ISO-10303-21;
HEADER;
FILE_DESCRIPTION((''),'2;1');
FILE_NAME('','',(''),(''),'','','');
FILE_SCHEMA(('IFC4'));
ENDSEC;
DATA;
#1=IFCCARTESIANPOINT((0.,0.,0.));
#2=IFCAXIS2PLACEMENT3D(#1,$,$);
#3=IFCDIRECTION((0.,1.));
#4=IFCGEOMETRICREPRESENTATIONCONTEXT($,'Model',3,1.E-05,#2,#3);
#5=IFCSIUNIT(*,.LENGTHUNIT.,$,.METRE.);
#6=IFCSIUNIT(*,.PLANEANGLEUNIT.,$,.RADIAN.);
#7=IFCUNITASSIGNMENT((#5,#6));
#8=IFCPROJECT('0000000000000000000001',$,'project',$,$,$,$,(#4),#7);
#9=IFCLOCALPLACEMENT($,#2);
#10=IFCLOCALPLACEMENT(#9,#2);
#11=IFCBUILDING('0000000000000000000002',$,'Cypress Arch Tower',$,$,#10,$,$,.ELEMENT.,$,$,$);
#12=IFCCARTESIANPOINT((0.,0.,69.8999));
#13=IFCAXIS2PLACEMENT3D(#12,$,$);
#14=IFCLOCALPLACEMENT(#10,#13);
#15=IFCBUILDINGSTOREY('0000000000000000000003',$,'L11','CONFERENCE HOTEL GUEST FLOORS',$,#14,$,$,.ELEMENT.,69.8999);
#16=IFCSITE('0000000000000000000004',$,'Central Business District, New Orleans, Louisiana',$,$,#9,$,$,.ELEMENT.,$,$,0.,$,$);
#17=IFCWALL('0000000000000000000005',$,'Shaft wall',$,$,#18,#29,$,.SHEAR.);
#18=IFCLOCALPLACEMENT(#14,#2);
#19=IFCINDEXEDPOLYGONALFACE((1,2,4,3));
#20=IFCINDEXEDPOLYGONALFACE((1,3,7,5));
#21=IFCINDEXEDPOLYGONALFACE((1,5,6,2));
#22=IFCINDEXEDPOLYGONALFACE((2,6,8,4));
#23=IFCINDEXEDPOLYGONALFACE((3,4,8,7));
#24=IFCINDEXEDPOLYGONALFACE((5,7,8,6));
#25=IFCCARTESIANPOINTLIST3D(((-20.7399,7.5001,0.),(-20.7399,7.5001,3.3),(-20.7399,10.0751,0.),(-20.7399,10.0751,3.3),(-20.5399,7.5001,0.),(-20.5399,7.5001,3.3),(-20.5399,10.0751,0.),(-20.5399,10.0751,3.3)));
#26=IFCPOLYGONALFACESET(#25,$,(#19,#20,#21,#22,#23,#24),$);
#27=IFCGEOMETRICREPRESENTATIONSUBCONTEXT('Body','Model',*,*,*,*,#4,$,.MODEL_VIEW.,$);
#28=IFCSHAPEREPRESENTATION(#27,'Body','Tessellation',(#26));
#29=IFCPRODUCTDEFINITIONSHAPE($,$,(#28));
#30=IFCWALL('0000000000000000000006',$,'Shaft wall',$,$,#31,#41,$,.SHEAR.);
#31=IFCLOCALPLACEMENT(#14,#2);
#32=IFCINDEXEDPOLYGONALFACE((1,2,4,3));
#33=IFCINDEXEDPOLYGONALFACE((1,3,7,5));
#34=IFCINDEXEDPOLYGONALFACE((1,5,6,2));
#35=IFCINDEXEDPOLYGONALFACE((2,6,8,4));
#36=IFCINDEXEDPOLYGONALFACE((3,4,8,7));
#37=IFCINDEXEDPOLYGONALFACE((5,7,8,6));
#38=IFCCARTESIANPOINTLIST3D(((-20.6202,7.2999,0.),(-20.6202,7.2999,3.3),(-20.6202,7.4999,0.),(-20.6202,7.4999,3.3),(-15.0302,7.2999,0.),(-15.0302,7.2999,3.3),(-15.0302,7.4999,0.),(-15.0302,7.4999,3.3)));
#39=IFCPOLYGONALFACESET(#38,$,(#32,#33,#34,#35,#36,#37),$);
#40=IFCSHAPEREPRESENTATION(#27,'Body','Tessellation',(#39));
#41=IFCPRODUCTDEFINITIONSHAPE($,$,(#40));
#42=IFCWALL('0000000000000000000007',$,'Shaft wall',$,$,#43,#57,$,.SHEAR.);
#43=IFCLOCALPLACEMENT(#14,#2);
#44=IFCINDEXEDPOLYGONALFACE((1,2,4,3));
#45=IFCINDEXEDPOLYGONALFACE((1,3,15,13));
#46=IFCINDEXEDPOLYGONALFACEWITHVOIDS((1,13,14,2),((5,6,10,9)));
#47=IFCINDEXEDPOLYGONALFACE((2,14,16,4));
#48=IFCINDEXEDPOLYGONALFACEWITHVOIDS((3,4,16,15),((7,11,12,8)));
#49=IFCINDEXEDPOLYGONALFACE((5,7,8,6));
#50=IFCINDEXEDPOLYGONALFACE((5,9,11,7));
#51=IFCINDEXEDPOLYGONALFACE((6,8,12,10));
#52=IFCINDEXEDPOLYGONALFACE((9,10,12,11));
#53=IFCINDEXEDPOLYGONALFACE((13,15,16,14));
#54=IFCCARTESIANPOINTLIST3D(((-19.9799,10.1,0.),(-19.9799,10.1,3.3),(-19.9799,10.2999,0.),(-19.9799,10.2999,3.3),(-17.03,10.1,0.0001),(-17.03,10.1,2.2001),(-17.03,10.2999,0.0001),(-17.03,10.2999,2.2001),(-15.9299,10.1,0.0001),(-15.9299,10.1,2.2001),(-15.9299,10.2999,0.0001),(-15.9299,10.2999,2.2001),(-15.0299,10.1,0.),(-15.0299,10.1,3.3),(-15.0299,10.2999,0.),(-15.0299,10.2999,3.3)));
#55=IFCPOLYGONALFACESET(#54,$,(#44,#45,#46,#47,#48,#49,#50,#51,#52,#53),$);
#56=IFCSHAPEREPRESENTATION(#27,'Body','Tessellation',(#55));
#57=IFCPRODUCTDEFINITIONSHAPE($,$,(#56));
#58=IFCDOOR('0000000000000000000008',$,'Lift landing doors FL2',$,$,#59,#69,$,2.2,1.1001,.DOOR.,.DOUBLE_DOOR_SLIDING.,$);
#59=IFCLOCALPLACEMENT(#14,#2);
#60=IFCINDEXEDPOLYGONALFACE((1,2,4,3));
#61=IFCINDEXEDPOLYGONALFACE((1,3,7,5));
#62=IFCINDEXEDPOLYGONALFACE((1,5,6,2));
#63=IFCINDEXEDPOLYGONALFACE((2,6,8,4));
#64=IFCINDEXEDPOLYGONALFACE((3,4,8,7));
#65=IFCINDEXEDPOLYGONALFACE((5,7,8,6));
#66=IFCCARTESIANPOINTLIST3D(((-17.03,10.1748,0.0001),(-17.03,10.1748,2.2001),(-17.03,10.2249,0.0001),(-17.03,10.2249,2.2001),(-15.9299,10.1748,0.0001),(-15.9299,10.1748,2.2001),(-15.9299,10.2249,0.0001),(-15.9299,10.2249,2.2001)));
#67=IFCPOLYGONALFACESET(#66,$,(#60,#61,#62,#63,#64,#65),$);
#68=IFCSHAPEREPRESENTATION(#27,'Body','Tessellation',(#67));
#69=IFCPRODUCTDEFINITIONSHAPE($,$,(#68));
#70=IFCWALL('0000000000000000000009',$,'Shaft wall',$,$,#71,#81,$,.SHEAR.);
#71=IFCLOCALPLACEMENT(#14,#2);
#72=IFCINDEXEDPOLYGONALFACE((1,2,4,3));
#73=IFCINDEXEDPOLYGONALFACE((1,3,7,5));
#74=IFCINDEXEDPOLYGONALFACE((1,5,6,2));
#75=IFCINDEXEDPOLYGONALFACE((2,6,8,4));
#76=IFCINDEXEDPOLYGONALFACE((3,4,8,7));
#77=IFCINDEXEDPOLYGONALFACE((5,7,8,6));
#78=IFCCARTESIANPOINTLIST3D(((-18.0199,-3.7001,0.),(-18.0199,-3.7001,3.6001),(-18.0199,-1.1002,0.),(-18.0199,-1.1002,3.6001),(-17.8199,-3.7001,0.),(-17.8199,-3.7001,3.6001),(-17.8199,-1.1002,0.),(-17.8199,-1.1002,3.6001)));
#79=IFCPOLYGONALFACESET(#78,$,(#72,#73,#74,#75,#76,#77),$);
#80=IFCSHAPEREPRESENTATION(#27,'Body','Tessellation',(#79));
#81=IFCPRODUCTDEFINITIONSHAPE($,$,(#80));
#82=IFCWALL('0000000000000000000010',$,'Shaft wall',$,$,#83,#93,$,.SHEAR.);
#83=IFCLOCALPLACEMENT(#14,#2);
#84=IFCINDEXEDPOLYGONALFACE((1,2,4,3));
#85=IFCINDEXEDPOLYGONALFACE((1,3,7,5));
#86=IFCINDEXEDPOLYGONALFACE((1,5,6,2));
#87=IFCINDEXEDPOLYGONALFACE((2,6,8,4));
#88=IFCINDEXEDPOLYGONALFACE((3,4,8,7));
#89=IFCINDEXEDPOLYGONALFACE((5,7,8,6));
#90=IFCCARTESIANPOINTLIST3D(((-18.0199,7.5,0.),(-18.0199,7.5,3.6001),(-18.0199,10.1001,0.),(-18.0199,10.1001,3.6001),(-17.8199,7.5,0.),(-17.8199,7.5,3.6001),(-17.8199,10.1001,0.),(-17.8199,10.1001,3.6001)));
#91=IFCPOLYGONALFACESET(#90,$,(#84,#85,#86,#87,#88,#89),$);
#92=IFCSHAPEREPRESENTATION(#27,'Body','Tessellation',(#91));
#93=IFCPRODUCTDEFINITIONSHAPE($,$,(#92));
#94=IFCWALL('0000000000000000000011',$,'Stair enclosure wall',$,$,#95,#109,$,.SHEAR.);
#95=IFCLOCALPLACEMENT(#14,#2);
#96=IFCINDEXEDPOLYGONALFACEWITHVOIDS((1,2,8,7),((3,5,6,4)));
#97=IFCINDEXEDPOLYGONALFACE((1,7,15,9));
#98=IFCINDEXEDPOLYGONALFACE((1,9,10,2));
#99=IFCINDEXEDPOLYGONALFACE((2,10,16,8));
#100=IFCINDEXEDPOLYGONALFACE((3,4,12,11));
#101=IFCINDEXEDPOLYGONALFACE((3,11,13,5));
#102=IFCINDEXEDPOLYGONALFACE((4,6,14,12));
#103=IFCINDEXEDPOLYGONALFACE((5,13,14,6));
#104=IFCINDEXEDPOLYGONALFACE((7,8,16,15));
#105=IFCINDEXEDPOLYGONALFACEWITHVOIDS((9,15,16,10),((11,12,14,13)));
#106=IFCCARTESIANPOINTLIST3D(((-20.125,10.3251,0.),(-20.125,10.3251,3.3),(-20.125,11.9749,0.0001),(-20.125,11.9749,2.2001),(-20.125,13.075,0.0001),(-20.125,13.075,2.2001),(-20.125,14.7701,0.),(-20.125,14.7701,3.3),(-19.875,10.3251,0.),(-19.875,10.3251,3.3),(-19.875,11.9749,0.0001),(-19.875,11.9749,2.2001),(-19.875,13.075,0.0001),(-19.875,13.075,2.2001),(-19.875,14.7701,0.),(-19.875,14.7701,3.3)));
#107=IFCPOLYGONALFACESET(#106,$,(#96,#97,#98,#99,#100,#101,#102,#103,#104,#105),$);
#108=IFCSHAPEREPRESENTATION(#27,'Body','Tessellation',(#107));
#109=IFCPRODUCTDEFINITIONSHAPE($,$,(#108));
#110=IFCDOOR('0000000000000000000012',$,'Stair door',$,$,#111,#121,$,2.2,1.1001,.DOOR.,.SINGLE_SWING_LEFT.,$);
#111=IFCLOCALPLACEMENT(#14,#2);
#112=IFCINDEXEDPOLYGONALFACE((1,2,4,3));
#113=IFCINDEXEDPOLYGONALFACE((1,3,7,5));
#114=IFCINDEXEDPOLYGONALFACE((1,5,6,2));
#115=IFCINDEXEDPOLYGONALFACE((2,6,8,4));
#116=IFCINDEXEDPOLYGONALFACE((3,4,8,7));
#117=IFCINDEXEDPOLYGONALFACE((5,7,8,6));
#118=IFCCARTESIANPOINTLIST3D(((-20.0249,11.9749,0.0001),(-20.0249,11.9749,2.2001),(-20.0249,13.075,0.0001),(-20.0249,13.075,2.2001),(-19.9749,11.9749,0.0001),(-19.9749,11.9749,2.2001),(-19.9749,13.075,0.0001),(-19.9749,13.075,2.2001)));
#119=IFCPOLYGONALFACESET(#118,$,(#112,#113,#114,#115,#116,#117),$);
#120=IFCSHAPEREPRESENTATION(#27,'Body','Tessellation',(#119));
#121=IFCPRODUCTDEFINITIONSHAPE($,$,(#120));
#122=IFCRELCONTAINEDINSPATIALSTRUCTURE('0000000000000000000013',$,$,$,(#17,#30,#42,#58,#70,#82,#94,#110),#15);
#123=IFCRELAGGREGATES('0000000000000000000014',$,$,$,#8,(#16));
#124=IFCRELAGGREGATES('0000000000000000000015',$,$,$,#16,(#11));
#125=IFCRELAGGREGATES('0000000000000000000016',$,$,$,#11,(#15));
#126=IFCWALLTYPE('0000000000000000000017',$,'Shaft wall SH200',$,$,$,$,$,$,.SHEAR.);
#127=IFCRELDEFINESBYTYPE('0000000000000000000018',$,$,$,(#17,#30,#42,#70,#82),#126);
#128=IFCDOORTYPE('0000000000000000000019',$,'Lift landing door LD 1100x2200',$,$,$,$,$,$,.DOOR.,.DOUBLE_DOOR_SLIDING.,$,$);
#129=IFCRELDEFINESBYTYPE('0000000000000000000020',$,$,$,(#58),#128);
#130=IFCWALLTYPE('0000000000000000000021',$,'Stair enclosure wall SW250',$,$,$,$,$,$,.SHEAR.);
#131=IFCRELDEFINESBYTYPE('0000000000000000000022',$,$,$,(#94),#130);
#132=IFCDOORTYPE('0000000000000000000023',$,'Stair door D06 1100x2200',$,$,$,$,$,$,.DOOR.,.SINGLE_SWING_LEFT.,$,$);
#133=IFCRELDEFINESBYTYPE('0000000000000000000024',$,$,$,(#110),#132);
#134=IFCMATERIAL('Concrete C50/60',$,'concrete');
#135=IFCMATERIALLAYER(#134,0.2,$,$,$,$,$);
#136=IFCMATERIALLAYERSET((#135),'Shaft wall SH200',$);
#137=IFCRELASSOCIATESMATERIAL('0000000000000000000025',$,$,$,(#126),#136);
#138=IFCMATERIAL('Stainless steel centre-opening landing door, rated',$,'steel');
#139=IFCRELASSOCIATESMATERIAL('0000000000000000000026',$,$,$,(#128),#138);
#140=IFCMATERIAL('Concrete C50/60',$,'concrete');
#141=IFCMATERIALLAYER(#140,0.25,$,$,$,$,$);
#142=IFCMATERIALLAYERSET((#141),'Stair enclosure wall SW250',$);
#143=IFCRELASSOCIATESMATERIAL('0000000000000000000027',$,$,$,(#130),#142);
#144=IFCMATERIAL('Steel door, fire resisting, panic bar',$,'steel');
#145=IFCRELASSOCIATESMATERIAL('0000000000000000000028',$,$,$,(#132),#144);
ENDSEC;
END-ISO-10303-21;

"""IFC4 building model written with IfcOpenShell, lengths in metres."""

from ifc_helpers import new_model, si_unit, direction, frame, frame_2d, origin, place, context, subcontext, project, spatial, rectangle, extrude, material, layer, layer_set, type_object, element, fill, save


model = new_model("IFC4")

# Units and contexts
model_context = context("Model", 3, precision=1e-05, world=origin(), true_north=direction((0.0, 1.0)))
body_context = subcontext(model_context, "Body", "Model", "MODEL_VIEW")
ifc_project = project(units=[si_unit("LENGTHUNIT", "METRE"), si_unit("PLANEANGLEUNIT", "RADIAN")], contexts=[model_context])

# Site, building, storey
site_placement = place(None, origin())
site = spatial("IfcSite", under=ifc_project, at=site_placement, Name="Central Business District, New Orleans, Louisiana", CompositionType="ELEMENT", RefElevation=0.0)
building_placement = place(site_placement, origin())
building = spatial("IfcBuilding", under=site, at=building_placement, Name="Cypress Arch Tower", CompositionType="ELEMENT")
storey_placement = place(building_placement, frame((0.0, 0.0, 69.8999)))
storey = spatial("IfcBuildingStorey", under=building, at=storey_placement, Name="L11", Description="CONFERENCE HOTEL GUEST FLOORS", CompositionType="ELEMENT", Elevation=69.8999)

# Walls
ifc_material_1 = material(Name="Concrete C50/60", Category="concrete")
ifc_layer_1 = layer(ifc_material_1, 0.2)
ifc_layer_set_1 = layer_set([ifc_layer_1], Name="Shaft wall SH200")
wall_type_1 = type_object("IfcWallType", Name="Shaft wall SH200", PredefinedType="SHEAR", material=ifc_layer_set_1)
wall_1_placement = place(storey_placement, frame((-20.6399, 7.5, 0.0), z_axis=(0.0, 0.0, 1.0), x_axis=(0.0, 1.0, 0.0)))
element("IfcWall", 1, at=wall_1_placement, inside=storey, type_object=wall_type_1, Name="Shaft wall", PredefinedType="SHEAR", context=body_context, shape_type="SweptSolid", body=[
    extrude(rectangle(XDim=2.575, YDim=0.2, at=frame_2d((1.2876, 0.0))), origin(), (0.0, 0.0, 1.0), 3.3),
])
wall_2_placement = place(storey_placement, frame((-20.6201, 7.3999, 0.0), z_axis=(0.0, 0.0, 1.0), x_axis=(1.0, 0.0, 0.0)))
element("IfcWall", 2, at=wall_2_placement, inside=storey, type_object=wall_type_1, Name="Shaft wall", PredefinedType="SHEAR", context=body_context, shape_type="SweptSolid", body=[
    extrude(rectangle(XDim=5.5901, YDim=0.2, at=frame_2d((2.7949, 0.0))), origin(), (0.0, 0.0, 1.0), 3.3),
])

# Wall, opening, door
wall_3_placement = place(storey_placement, frame((-19.98, 10.2, 0.0), z_axis=(0.0, 0.0, 1.0), x_axis=(1.0, 0.0, 0.0)))
wall_3 = element("IfcWall", 3, at=wall_3_placement, inside=storey, type_object=wall_type_1, Name="Shaft wall", PredefinedType="SHEAR", context=body_context, shape_type="SweptSolid", body=[
    extrude(rectangle(XDim=4.95, YDim=0.2, at=frame_2d((2.4751, 0.0))), origin(), (0.0, 0.0, 1.0), 3.3),
])
opening_1_placement = place(wall_3_placement, frame((2.95, 0.0, 0.0)))
opening_1 = element("IfcOpeningElement", 4, at=opening_1_placement, cuts=wall_3, PredefinedType="OPENING", context=body_context, shape_type="SweptSolid", body=[
    extrude(rectangle(XDim=1.1001, YDim=2.2, at=frame_2d((0.55, 1.1001))), frame((0.0, 0.1099, 0.0), z_axis=(0.0, -1.0, 0.0), x_axis=(1.0, 0.0, 0.0)), (0.0, 0.0, 1.0), 0.22),
])
ifc_material_2 = material(Name="Stainless steel centre-opening landing door, rated", Category="steel")
door_type_1 = type_object("IfcDoorType", Name="Lift landing door LD 1100x2200", OperationType="DOUBLE_DOOR_SLIDING", PredefinedType="DOOR", material=ifc_material_2)
door_1_placement = place(opening_1_placement, origin())
door_1 = element("IfcDoor", 5, at=door_1_placement, inside=storey, type_object=door_type_1, Name="Lift landing doors FL2", OperationType="DOUBLE_DOOR_SLIDING", OverallHeight=2.2, OverallWidth=1.1001, PredefinedType="DOOR", context=body_context, shape_type="SweptSolid", body=[
    extrude(rectangle(XDim=1.1001, YDim=2.2, at=frame_2d((0.55, 1.1001))), frame((0.0, 0.0249, 0.0), z_axis=(0.0, -1.0, 0.0), x_axis=(1.0, 0.0, 0.0)), (0.0, 0.0, 1.0), 0.05),
])
fill(opening_1, door_1)

# Walls
wall_4_placement = place(storey_placement, frame((-17.9199, -3.7, 0.0), z_axis=(0.0, 0.0, 1.0), x_axis=(0.0, 1.0, 0.0)))
element("IfcWall", 6, at=wall_4_placement, inside=storey, type_object=wall_type_1, Name="Shaft wall", PredefinedType="SHEAR", context=body_context, shape_type="SweptSolid", body=[
    extrude(rectangle(XDim=2.5999, YDim=0.2, at=frame_2d((1.2998, 0.0))), origin(), (0.0, 0.0, 1.0), 3.6001),
])
wall_5_placement = place(storey_placement, frame((-17.9199, 7.5, 0.0), z_axis=(0.0, 0.0, 1.0), x_axis=(0.0, 1.0, 0.0)))
element("IfcWall", 7, at=wall_5_placement, inside=storey, type_object=wall_type_1, Name="Shaft wall", PredefinedType="SHEAR", context=body_context, shape_type="SweptSolid", body=[
    extrude(rectangle(XDim=2.6001, YDim=0.2, at=frame_2d((1.3, 0.0))), origin(), (0.0, 0.0, 1.0), 3.6001),
])

# Wall, opening, door
ifc_material_3 = material(Name="Concrete C50/60", Category="concrete")
ifc_layer_2 = layer(ifc_material_3, 0.25)
ifc_layer_set_2 = layer_set([ifc_layer_2], Name="Stair enclosure wall SW250")
wall_type_2 = type_object("IfcWallType", Name="Stair enclosure wall SW250", PredefinedType="SHEAR", material=ifc_layer_set_2)
wall_6_placement = place(storey_placement, frame((-20.0, 10.325, 0.0), z_axis=(0.0, 0.0, 1.0), x_axis=(0.0, 1.0, 0.0)))
wall_6 = element("IfcWall", 8, at=wall_6_placement, inside=storey, type_object=wall_type_2, Name="Stair enclosure wall", PredefinedType="SHEAR", context=body_context, shape_type="SweptSolid", body=[
    extrude(rectangle(XDim=4.4451, YDim=0.25, at=frame_2d((2.2227, 0.0))), origin(), (0.0, 0.0, 1.0), 3.3),
])
opening_2_placement = place(wall_6_placement, frame((1.6499, 0.0, 0.0)))
opening_2 = element("IfcOpeningElement", 9, at=opening_2_placement, cuts=wall_6, PredefinedType="OPENING", context=body_context, shape_type="SweptSolid", body=[
    extrude(rectangle(XDim=1.1001, YDim=2.2, at=frame_2d((0.55, 1.1001))), frame((0.0, 0.135, 0.0), z_axis=(0.0, -1.0, 0.0), x_axis=(1.0, 0.0, 0.0)), (0.0, 0.0, 1.0), 0.27),
])
ifc_material_4 = material(Name="Steel door, fire resisting, panic bar", Category="steel")
door_type_2 = type_object("IfcDoorType", Name="Stair door D06 1100x2200", OperationType="SINGLE_SWING_LEFT", PredefinedType="DOOR", material=ifc_material_4)
door_2_placement = place(opening_2_placement, origin())
door_2 = element("IfcDoor", 10, at=door_2_placement, inside=storey, type_object=door_type_2, Name="Stair door", OperationType="SINGLE_SWING_LEFT", OverallHeight=2.2, OverallWidth=1.1001, PredefinedType="DOOR", context=body_context, shape_type="SweptSolid", body=[
    extrude(rectangle(XDim=1.1001, YDim=2.2, at=frame_2d((0.55, 1.1001))), frame((0.0, 0.0249, 0.0), z_axis=(0.0, -1.0, 0.0), x_axis=(1.0, 0.0, 0.0)), (0.0, 0.0, 1.0), 0.05),
])
fill(opening_2, door_2)

save(model, "model.ifc")
